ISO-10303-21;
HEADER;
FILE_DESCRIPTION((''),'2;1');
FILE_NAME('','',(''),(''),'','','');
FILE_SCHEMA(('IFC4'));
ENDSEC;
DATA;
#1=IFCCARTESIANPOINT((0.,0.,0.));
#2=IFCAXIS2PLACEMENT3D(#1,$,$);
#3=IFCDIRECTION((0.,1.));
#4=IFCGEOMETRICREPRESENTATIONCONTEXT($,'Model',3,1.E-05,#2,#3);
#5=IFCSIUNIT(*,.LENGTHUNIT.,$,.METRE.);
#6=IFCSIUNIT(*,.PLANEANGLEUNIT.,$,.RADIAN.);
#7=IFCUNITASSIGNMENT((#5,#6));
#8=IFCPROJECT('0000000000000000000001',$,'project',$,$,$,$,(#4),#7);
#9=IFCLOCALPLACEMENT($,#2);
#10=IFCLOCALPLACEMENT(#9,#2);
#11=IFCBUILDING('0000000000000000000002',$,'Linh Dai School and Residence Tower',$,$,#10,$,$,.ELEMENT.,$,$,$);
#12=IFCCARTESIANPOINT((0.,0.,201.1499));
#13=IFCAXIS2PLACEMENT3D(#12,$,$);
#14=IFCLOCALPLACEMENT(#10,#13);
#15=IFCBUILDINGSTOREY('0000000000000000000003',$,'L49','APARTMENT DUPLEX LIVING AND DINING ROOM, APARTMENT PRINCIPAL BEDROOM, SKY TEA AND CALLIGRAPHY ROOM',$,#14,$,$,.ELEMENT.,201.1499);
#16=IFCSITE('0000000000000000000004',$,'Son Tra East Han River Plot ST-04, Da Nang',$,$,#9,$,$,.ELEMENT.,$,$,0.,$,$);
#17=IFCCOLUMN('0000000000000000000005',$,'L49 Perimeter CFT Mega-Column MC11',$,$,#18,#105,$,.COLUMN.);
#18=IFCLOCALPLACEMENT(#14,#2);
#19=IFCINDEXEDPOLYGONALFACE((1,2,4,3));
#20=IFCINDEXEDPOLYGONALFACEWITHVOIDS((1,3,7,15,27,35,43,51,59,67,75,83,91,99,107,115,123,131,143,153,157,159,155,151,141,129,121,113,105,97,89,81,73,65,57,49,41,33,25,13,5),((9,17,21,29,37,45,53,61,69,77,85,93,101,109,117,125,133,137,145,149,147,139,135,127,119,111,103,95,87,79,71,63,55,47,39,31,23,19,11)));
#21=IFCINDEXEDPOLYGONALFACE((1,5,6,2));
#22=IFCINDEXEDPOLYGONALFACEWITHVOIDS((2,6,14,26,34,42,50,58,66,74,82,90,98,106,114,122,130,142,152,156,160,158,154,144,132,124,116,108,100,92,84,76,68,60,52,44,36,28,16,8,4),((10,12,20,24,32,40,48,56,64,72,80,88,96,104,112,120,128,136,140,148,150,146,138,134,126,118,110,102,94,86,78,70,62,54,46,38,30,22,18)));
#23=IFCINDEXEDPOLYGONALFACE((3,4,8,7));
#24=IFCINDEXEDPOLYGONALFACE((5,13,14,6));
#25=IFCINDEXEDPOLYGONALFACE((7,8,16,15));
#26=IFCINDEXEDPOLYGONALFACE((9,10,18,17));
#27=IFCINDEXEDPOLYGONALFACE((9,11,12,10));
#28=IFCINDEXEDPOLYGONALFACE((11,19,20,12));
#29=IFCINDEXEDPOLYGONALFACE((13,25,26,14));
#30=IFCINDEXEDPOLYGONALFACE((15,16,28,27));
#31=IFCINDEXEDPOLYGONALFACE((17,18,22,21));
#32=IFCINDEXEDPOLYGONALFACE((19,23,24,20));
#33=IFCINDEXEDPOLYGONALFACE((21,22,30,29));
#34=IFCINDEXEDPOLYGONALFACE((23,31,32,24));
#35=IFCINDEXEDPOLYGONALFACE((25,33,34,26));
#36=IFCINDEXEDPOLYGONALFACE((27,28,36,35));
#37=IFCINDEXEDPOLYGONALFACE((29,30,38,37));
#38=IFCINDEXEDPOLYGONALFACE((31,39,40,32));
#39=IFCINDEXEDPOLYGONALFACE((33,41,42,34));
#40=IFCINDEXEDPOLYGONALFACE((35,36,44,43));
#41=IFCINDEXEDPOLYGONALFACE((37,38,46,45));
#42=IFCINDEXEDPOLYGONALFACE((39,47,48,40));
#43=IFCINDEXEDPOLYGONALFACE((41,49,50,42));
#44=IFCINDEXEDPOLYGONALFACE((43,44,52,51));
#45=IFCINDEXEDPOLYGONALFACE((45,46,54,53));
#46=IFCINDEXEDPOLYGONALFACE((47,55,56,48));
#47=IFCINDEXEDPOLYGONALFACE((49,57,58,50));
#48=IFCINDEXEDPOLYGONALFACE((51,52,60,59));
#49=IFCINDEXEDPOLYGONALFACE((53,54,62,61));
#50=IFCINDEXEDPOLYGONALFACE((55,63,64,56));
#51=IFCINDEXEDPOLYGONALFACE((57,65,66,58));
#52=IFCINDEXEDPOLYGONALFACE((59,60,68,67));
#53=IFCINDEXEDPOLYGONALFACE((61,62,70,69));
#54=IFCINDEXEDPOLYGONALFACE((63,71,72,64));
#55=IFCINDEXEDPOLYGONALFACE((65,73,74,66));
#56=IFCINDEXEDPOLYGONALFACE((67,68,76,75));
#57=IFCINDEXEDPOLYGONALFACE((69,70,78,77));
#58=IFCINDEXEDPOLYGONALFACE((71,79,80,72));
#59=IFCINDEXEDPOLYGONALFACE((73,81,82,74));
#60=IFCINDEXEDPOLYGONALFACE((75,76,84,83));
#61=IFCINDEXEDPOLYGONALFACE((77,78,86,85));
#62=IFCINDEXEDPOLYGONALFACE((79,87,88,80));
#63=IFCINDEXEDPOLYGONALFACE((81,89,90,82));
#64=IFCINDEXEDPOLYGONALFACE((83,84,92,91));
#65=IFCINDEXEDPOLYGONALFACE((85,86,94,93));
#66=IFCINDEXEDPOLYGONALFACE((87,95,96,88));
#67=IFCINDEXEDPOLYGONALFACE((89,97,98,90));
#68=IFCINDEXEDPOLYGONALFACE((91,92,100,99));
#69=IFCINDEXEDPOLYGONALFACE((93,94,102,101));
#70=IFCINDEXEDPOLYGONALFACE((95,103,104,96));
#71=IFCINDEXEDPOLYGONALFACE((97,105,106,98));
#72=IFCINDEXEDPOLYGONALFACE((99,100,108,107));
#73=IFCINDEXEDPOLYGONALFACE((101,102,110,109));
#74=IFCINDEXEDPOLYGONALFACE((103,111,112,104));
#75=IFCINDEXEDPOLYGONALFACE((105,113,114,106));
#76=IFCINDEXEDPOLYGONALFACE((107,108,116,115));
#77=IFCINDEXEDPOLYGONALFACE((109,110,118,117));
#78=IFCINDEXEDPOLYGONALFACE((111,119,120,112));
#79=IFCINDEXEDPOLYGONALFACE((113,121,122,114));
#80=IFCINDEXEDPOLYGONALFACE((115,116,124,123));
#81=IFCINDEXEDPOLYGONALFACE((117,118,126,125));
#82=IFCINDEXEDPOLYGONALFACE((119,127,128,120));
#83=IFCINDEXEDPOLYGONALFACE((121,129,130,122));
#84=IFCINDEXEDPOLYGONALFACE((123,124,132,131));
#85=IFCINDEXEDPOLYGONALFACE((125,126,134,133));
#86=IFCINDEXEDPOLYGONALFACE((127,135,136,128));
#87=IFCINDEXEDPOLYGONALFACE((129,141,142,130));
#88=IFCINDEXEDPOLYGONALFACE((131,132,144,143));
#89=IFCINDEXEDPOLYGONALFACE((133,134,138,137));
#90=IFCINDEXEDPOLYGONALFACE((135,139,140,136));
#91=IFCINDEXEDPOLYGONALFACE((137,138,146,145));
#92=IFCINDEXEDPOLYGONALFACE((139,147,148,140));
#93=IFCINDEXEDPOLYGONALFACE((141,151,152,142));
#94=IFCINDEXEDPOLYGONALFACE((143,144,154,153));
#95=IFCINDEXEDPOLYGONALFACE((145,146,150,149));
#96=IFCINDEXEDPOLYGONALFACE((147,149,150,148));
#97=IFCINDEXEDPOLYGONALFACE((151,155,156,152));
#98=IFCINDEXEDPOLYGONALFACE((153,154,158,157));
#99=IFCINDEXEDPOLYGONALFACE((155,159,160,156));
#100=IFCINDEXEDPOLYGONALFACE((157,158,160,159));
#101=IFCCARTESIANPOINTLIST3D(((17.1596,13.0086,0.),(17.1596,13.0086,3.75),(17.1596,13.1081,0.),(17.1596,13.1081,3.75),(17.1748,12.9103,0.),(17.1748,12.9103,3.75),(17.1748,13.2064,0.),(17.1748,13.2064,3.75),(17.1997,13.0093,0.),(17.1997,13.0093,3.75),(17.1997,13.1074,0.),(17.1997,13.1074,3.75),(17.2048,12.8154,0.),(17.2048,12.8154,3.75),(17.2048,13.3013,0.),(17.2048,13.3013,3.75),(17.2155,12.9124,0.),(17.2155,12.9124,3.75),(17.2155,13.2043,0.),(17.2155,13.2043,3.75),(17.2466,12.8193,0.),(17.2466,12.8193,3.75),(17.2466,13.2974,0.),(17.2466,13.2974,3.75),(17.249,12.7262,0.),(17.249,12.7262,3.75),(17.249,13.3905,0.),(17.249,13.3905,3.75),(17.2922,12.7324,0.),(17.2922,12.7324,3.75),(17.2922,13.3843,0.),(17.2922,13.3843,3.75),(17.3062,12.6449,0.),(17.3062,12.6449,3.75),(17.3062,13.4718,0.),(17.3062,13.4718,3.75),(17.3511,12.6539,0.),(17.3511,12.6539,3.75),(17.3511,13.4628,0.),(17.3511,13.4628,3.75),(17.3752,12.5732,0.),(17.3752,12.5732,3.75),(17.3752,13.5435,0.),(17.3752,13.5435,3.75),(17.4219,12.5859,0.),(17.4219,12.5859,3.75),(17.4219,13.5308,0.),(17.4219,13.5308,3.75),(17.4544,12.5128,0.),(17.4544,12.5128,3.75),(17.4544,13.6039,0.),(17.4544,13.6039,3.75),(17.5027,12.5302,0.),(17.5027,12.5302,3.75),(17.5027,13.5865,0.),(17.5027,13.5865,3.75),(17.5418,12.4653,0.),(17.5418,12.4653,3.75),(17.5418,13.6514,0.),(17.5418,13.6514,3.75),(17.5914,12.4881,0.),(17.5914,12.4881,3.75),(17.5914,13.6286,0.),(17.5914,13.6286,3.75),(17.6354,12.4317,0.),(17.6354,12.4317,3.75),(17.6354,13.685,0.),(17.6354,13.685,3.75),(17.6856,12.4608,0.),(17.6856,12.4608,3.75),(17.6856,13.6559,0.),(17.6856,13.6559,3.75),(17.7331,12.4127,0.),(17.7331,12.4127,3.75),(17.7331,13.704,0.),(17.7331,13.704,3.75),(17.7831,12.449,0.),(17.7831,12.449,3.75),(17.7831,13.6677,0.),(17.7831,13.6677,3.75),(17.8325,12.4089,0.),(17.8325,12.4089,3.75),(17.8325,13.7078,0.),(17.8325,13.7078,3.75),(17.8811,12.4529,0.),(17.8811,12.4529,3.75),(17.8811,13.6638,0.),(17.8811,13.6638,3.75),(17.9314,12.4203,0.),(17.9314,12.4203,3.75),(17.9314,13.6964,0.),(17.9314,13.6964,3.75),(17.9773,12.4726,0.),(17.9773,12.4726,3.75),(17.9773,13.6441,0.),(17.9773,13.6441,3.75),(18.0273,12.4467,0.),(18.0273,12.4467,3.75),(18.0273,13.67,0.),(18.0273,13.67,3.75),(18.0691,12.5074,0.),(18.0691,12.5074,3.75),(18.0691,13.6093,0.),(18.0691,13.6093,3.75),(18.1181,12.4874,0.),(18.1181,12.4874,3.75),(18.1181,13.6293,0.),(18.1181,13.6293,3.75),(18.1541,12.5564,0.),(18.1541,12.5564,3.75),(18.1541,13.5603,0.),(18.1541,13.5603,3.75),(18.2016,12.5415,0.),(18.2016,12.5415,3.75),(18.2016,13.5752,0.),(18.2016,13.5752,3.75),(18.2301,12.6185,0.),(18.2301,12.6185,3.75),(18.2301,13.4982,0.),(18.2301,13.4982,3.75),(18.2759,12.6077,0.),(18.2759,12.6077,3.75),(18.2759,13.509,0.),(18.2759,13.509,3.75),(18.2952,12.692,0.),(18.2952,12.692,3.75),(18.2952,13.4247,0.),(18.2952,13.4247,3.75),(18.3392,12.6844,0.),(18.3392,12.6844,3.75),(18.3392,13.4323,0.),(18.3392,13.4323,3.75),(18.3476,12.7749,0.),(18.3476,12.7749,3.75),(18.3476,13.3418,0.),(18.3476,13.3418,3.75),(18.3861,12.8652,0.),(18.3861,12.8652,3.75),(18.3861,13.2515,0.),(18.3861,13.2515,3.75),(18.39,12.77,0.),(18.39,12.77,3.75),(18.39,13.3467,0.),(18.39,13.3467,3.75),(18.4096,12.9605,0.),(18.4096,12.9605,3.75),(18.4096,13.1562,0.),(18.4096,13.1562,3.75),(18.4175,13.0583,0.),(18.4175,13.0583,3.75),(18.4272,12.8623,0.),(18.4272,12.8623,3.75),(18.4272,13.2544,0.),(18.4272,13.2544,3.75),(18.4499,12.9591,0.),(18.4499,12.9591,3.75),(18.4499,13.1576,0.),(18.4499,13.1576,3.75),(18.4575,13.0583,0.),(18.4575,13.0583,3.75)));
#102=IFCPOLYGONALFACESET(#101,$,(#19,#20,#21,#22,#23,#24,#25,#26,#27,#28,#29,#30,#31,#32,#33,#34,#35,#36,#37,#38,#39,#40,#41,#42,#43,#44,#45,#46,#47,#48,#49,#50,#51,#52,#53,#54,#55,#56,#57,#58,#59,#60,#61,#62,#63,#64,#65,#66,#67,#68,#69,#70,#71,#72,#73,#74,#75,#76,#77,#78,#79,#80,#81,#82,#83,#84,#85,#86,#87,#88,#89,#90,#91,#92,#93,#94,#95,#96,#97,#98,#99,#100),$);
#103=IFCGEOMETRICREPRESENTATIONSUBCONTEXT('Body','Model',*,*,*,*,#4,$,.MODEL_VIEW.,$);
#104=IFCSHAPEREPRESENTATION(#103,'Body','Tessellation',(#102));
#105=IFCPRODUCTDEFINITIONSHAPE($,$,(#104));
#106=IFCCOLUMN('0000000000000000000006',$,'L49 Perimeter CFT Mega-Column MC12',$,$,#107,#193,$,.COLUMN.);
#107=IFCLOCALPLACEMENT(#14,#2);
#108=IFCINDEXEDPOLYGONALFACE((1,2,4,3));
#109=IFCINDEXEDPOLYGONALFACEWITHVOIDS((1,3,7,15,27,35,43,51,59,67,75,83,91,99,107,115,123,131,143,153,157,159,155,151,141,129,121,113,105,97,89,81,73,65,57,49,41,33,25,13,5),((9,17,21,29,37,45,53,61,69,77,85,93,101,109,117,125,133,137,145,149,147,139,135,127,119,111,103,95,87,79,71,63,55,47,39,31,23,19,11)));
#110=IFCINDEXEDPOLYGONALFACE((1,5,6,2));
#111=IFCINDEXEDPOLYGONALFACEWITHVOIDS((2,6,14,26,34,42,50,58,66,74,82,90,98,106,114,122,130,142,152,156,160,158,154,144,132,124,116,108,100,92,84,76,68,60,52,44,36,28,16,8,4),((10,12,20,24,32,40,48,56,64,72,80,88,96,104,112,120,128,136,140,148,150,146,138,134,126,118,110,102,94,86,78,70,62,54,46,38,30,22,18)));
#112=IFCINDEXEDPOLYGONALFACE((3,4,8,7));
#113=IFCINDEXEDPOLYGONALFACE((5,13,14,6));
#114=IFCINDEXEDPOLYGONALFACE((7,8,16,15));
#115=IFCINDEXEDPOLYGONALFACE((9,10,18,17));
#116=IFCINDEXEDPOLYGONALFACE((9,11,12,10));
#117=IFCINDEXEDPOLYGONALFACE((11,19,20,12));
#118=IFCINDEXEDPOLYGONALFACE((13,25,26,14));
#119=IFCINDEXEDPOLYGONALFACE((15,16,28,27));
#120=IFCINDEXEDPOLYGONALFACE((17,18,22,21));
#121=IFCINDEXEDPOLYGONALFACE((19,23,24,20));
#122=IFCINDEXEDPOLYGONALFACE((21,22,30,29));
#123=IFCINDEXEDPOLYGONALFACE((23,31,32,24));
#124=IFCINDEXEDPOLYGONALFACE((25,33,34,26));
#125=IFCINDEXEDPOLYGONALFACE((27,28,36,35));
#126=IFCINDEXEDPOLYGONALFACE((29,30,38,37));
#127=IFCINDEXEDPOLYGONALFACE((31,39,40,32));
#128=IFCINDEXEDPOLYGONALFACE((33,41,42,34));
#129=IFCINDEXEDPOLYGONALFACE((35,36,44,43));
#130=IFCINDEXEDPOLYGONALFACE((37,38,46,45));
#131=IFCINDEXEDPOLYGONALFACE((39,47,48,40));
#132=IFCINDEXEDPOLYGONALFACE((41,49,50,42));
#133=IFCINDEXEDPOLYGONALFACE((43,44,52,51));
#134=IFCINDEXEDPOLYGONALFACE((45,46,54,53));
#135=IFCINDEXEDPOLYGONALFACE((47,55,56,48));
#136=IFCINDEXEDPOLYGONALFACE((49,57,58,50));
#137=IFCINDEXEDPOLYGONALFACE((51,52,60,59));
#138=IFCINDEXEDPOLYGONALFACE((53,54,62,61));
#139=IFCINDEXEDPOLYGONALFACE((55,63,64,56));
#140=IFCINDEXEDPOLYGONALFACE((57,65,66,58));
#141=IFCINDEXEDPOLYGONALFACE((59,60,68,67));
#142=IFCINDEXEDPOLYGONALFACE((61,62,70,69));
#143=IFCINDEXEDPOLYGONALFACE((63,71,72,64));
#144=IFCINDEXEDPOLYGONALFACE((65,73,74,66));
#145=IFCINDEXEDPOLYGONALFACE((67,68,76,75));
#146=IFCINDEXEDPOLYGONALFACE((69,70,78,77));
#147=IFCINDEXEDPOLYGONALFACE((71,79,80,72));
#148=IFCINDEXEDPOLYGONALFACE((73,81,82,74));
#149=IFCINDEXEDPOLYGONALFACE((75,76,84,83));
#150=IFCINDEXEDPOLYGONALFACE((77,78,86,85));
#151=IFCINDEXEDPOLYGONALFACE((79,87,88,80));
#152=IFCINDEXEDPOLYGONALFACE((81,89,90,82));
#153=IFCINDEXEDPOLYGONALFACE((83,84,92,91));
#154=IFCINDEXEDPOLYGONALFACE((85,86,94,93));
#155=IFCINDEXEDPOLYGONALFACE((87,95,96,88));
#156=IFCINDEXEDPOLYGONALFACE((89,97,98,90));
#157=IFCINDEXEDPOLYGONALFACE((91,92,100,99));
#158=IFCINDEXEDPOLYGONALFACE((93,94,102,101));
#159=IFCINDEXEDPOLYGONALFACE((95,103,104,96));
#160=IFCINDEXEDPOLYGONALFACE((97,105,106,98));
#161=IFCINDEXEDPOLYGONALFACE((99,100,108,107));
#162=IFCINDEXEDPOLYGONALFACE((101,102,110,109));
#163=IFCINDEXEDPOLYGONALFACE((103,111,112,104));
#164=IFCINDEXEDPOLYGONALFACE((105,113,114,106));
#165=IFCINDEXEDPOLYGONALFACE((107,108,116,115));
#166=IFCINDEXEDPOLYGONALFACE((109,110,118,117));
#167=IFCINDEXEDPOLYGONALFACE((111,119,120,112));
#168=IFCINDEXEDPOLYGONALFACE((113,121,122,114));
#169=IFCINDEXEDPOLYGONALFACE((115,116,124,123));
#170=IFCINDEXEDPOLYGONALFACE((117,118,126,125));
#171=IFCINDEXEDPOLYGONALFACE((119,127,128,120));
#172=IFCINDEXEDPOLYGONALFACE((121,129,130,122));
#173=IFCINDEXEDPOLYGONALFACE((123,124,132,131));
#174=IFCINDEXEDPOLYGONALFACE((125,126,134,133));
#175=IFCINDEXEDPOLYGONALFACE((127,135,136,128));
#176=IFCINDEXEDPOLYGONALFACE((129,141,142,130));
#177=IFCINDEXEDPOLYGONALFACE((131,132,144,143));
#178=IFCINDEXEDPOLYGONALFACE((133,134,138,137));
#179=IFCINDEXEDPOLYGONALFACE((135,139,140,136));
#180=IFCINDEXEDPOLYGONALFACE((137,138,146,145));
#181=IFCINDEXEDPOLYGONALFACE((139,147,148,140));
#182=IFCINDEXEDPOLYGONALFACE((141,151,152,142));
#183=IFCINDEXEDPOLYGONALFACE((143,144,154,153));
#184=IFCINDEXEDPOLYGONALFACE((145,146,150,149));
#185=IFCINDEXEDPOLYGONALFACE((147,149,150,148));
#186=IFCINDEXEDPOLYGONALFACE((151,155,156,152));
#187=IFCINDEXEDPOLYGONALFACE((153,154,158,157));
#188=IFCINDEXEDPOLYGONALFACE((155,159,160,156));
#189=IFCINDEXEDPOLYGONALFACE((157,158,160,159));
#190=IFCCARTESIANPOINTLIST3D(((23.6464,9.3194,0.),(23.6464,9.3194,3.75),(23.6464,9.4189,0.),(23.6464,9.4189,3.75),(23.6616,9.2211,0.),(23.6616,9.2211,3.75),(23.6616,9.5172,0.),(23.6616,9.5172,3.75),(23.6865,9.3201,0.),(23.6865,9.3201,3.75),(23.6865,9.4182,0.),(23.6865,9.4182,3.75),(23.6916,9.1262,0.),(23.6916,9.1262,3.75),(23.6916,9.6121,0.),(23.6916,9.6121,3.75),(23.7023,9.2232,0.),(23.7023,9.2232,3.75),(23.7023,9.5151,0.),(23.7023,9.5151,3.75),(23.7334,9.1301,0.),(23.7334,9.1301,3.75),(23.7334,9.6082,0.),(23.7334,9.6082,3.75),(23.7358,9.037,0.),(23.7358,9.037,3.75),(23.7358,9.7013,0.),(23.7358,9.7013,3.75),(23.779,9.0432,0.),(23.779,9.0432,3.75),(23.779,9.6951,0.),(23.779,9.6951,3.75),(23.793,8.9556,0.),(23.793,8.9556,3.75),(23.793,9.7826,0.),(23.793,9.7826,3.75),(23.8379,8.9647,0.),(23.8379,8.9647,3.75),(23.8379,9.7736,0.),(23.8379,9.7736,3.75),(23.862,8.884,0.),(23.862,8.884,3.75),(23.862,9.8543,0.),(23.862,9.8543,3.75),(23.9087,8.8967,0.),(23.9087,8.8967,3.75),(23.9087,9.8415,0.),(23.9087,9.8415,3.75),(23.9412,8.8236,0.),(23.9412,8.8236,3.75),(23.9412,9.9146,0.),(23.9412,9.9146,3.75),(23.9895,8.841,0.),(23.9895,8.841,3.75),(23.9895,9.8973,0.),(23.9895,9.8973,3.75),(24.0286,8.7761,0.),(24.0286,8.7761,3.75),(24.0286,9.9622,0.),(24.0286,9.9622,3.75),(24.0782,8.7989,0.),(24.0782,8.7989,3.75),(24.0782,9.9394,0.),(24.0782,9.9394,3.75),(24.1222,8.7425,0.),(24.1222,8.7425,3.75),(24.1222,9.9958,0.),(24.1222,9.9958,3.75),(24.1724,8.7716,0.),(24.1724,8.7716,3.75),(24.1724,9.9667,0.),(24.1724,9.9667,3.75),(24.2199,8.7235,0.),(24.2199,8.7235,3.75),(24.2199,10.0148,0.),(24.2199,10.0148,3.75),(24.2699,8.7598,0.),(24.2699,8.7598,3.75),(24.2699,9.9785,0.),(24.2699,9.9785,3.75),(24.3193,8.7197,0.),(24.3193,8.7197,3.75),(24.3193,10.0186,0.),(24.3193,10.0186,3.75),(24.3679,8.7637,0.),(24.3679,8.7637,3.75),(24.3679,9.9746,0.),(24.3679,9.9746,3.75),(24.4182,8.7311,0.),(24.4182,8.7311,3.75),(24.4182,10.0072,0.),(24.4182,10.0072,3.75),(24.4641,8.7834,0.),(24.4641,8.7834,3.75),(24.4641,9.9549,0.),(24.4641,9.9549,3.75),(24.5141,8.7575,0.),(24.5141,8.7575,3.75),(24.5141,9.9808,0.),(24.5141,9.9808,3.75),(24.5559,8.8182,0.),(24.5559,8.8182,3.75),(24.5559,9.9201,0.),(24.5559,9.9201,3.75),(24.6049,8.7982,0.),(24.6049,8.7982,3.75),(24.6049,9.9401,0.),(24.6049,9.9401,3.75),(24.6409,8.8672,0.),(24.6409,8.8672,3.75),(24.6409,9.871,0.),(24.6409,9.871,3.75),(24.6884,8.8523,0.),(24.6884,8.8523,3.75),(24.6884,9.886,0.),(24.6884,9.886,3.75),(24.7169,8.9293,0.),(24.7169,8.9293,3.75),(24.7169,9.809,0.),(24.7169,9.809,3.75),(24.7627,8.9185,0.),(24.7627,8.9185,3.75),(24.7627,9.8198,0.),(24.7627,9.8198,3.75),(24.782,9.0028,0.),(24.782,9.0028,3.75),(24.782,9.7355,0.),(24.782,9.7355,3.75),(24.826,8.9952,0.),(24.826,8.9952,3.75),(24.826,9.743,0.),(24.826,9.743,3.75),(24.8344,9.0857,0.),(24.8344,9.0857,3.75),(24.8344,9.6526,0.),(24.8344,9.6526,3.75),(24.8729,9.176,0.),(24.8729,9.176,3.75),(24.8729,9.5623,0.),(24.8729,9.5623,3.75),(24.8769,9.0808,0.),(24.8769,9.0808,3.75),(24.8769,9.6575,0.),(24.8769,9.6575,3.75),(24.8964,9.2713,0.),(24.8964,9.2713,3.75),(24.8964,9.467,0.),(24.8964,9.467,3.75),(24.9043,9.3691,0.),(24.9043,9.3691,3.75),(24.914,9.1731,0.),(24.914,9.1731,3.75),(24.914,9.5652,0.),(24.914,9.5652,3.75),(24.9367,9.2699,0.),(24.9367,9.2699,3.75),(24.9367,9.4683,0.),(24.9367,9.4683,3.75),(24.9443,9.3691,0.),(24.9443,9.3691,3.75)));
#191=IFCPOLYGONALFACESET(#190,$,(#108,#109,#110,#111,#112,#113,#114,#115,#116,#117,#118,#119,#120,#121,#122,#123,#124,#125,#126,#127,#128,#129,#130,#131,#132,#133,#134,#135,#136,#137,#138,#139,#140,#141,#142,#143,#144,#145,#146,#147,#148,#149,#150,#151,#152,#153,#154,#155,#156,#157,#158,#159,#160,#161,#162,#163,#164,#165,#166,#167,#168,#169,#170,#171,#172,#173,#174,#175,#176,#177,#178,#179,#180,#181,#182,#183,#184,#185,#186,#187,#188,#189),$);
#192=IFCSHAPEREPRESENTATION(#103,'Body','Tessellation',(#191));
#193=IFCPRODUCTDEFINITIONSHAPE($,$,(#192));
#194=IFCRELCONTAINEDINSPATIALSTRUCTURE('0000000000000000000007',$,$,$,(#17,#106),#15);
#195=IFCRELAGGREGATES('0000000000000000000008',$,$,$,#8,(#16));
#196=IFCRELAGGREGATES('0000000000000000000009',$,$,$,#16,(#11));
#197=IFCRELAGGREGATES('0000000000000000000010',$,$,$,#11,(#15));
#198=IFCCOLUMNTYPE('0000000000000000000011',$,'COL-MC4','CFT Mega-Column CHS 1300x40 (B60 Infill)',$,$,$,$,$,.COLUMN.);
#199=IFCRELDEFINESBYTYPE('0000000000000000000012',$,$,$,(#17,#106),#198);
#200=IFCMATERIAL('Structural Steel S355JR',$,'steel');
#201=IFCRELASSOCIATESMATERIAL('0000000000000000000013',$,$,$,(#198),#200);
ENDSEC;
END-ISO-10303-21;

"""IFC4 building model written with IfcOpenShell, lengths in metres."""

from ifc_helpers import new_model, si_unit, direction, frame, origin, origin_2d, place, context, subcontext, project, spatial, hollow_circle, extrude, material, material_profile, profile_set, type_object, element, save


model = new_model("IFC4")

# Units and contexts
model_context = context("Model", 3, precision=1e-05, world=origin(), true_north=direction((0.0, 1.0)))
body_context = subcontext(model_context, "Body", "Model", "MODEL_VIEW")
ifc_project = project(units=[si_unit("LENGTHUNIT", "METRE"), si_unit("PLANEANGLEUNIT", "RADIAN")], contexts=[model_context])

# Site, building, storey
site_placement = place(None, origin())
site = spatial("IfcSite", under=ifc_project, at=site_placement, Name="Son Tra East Han River Plot ST-04, Da Nang", CompositionType="ELEMENT", RefElevation=0.0)
building_placement = place(site_placement, origin())
building = spatial("IfcBuilding", under=site, at=building_placement, Name="Linh Dai School and Residence Tower", CompositionType="ELEMENT")
storey_placement = place(building_placement, frame((0.0, 0.0, 201.1499)))
storey = spatial("IfcBuildingStorey", under=building, at=storey_placement, Name="L49", Description="APARTMENT DUPLEX LIVING AND DINING ROOM, APARTMENT PRINCIPAL BEDROOM, SKY TEA AND CALLIGRAPHY ROOM", CompositionType="ELEMENT", Elevation=201.1499)

# Columns
ifc_material_1 = material(Name="Structural Steel S355JR", Category="steel")
ifc_material_profile_1 = material_profile(ifc_material_1, hollow_circle(Radius=0.6499, WallThickness=0.04, at=origin_2d()), Name="CHS 1300x40")
ifc_profile_set_1 = profile_set([ifc_material_profile_1], Name="Structural Steel S355JR")
column_type = type_object("IfcColumnType", Name="COL-MC4", Description="CFT Mega-Column CHS 1300x40 (B60 Infill)", PredefinedType="COLUMN", material=ifc_profile_set_1)
for number, where, z_axis, x_axis, name in (
    (1, (17.8076, 13.0583, 0.0), (0.0, 0.0, 1.0), (1.0, 0.0, 0.0), "L49 Perimeter CFT Mega-Column MC11"),
    (2, (24.2944, 9.3691, 0.0), (0.0, 0.0, 1.0), (1.0, 0.0, 0.0), "L49 Perimeter CFT Mega-Column MC12"),
):
    element("IfcColumn", number, at=place(storey_placement, frame(where, z_axis=z_axis, x_axis=x_axis)), inside=storey, type_object=column_type, Name=name, PredefinedType="COLUMN", context=body_context, shape_type="SweptSolid", body=[
        extrude(hollow_circle(Radius=0.6499, WallThickness=0.04, at=origin_2d()), origin(), (0.0, 0.0, 1.0), 3.75),
    ])

save(model, "model.ifc")
